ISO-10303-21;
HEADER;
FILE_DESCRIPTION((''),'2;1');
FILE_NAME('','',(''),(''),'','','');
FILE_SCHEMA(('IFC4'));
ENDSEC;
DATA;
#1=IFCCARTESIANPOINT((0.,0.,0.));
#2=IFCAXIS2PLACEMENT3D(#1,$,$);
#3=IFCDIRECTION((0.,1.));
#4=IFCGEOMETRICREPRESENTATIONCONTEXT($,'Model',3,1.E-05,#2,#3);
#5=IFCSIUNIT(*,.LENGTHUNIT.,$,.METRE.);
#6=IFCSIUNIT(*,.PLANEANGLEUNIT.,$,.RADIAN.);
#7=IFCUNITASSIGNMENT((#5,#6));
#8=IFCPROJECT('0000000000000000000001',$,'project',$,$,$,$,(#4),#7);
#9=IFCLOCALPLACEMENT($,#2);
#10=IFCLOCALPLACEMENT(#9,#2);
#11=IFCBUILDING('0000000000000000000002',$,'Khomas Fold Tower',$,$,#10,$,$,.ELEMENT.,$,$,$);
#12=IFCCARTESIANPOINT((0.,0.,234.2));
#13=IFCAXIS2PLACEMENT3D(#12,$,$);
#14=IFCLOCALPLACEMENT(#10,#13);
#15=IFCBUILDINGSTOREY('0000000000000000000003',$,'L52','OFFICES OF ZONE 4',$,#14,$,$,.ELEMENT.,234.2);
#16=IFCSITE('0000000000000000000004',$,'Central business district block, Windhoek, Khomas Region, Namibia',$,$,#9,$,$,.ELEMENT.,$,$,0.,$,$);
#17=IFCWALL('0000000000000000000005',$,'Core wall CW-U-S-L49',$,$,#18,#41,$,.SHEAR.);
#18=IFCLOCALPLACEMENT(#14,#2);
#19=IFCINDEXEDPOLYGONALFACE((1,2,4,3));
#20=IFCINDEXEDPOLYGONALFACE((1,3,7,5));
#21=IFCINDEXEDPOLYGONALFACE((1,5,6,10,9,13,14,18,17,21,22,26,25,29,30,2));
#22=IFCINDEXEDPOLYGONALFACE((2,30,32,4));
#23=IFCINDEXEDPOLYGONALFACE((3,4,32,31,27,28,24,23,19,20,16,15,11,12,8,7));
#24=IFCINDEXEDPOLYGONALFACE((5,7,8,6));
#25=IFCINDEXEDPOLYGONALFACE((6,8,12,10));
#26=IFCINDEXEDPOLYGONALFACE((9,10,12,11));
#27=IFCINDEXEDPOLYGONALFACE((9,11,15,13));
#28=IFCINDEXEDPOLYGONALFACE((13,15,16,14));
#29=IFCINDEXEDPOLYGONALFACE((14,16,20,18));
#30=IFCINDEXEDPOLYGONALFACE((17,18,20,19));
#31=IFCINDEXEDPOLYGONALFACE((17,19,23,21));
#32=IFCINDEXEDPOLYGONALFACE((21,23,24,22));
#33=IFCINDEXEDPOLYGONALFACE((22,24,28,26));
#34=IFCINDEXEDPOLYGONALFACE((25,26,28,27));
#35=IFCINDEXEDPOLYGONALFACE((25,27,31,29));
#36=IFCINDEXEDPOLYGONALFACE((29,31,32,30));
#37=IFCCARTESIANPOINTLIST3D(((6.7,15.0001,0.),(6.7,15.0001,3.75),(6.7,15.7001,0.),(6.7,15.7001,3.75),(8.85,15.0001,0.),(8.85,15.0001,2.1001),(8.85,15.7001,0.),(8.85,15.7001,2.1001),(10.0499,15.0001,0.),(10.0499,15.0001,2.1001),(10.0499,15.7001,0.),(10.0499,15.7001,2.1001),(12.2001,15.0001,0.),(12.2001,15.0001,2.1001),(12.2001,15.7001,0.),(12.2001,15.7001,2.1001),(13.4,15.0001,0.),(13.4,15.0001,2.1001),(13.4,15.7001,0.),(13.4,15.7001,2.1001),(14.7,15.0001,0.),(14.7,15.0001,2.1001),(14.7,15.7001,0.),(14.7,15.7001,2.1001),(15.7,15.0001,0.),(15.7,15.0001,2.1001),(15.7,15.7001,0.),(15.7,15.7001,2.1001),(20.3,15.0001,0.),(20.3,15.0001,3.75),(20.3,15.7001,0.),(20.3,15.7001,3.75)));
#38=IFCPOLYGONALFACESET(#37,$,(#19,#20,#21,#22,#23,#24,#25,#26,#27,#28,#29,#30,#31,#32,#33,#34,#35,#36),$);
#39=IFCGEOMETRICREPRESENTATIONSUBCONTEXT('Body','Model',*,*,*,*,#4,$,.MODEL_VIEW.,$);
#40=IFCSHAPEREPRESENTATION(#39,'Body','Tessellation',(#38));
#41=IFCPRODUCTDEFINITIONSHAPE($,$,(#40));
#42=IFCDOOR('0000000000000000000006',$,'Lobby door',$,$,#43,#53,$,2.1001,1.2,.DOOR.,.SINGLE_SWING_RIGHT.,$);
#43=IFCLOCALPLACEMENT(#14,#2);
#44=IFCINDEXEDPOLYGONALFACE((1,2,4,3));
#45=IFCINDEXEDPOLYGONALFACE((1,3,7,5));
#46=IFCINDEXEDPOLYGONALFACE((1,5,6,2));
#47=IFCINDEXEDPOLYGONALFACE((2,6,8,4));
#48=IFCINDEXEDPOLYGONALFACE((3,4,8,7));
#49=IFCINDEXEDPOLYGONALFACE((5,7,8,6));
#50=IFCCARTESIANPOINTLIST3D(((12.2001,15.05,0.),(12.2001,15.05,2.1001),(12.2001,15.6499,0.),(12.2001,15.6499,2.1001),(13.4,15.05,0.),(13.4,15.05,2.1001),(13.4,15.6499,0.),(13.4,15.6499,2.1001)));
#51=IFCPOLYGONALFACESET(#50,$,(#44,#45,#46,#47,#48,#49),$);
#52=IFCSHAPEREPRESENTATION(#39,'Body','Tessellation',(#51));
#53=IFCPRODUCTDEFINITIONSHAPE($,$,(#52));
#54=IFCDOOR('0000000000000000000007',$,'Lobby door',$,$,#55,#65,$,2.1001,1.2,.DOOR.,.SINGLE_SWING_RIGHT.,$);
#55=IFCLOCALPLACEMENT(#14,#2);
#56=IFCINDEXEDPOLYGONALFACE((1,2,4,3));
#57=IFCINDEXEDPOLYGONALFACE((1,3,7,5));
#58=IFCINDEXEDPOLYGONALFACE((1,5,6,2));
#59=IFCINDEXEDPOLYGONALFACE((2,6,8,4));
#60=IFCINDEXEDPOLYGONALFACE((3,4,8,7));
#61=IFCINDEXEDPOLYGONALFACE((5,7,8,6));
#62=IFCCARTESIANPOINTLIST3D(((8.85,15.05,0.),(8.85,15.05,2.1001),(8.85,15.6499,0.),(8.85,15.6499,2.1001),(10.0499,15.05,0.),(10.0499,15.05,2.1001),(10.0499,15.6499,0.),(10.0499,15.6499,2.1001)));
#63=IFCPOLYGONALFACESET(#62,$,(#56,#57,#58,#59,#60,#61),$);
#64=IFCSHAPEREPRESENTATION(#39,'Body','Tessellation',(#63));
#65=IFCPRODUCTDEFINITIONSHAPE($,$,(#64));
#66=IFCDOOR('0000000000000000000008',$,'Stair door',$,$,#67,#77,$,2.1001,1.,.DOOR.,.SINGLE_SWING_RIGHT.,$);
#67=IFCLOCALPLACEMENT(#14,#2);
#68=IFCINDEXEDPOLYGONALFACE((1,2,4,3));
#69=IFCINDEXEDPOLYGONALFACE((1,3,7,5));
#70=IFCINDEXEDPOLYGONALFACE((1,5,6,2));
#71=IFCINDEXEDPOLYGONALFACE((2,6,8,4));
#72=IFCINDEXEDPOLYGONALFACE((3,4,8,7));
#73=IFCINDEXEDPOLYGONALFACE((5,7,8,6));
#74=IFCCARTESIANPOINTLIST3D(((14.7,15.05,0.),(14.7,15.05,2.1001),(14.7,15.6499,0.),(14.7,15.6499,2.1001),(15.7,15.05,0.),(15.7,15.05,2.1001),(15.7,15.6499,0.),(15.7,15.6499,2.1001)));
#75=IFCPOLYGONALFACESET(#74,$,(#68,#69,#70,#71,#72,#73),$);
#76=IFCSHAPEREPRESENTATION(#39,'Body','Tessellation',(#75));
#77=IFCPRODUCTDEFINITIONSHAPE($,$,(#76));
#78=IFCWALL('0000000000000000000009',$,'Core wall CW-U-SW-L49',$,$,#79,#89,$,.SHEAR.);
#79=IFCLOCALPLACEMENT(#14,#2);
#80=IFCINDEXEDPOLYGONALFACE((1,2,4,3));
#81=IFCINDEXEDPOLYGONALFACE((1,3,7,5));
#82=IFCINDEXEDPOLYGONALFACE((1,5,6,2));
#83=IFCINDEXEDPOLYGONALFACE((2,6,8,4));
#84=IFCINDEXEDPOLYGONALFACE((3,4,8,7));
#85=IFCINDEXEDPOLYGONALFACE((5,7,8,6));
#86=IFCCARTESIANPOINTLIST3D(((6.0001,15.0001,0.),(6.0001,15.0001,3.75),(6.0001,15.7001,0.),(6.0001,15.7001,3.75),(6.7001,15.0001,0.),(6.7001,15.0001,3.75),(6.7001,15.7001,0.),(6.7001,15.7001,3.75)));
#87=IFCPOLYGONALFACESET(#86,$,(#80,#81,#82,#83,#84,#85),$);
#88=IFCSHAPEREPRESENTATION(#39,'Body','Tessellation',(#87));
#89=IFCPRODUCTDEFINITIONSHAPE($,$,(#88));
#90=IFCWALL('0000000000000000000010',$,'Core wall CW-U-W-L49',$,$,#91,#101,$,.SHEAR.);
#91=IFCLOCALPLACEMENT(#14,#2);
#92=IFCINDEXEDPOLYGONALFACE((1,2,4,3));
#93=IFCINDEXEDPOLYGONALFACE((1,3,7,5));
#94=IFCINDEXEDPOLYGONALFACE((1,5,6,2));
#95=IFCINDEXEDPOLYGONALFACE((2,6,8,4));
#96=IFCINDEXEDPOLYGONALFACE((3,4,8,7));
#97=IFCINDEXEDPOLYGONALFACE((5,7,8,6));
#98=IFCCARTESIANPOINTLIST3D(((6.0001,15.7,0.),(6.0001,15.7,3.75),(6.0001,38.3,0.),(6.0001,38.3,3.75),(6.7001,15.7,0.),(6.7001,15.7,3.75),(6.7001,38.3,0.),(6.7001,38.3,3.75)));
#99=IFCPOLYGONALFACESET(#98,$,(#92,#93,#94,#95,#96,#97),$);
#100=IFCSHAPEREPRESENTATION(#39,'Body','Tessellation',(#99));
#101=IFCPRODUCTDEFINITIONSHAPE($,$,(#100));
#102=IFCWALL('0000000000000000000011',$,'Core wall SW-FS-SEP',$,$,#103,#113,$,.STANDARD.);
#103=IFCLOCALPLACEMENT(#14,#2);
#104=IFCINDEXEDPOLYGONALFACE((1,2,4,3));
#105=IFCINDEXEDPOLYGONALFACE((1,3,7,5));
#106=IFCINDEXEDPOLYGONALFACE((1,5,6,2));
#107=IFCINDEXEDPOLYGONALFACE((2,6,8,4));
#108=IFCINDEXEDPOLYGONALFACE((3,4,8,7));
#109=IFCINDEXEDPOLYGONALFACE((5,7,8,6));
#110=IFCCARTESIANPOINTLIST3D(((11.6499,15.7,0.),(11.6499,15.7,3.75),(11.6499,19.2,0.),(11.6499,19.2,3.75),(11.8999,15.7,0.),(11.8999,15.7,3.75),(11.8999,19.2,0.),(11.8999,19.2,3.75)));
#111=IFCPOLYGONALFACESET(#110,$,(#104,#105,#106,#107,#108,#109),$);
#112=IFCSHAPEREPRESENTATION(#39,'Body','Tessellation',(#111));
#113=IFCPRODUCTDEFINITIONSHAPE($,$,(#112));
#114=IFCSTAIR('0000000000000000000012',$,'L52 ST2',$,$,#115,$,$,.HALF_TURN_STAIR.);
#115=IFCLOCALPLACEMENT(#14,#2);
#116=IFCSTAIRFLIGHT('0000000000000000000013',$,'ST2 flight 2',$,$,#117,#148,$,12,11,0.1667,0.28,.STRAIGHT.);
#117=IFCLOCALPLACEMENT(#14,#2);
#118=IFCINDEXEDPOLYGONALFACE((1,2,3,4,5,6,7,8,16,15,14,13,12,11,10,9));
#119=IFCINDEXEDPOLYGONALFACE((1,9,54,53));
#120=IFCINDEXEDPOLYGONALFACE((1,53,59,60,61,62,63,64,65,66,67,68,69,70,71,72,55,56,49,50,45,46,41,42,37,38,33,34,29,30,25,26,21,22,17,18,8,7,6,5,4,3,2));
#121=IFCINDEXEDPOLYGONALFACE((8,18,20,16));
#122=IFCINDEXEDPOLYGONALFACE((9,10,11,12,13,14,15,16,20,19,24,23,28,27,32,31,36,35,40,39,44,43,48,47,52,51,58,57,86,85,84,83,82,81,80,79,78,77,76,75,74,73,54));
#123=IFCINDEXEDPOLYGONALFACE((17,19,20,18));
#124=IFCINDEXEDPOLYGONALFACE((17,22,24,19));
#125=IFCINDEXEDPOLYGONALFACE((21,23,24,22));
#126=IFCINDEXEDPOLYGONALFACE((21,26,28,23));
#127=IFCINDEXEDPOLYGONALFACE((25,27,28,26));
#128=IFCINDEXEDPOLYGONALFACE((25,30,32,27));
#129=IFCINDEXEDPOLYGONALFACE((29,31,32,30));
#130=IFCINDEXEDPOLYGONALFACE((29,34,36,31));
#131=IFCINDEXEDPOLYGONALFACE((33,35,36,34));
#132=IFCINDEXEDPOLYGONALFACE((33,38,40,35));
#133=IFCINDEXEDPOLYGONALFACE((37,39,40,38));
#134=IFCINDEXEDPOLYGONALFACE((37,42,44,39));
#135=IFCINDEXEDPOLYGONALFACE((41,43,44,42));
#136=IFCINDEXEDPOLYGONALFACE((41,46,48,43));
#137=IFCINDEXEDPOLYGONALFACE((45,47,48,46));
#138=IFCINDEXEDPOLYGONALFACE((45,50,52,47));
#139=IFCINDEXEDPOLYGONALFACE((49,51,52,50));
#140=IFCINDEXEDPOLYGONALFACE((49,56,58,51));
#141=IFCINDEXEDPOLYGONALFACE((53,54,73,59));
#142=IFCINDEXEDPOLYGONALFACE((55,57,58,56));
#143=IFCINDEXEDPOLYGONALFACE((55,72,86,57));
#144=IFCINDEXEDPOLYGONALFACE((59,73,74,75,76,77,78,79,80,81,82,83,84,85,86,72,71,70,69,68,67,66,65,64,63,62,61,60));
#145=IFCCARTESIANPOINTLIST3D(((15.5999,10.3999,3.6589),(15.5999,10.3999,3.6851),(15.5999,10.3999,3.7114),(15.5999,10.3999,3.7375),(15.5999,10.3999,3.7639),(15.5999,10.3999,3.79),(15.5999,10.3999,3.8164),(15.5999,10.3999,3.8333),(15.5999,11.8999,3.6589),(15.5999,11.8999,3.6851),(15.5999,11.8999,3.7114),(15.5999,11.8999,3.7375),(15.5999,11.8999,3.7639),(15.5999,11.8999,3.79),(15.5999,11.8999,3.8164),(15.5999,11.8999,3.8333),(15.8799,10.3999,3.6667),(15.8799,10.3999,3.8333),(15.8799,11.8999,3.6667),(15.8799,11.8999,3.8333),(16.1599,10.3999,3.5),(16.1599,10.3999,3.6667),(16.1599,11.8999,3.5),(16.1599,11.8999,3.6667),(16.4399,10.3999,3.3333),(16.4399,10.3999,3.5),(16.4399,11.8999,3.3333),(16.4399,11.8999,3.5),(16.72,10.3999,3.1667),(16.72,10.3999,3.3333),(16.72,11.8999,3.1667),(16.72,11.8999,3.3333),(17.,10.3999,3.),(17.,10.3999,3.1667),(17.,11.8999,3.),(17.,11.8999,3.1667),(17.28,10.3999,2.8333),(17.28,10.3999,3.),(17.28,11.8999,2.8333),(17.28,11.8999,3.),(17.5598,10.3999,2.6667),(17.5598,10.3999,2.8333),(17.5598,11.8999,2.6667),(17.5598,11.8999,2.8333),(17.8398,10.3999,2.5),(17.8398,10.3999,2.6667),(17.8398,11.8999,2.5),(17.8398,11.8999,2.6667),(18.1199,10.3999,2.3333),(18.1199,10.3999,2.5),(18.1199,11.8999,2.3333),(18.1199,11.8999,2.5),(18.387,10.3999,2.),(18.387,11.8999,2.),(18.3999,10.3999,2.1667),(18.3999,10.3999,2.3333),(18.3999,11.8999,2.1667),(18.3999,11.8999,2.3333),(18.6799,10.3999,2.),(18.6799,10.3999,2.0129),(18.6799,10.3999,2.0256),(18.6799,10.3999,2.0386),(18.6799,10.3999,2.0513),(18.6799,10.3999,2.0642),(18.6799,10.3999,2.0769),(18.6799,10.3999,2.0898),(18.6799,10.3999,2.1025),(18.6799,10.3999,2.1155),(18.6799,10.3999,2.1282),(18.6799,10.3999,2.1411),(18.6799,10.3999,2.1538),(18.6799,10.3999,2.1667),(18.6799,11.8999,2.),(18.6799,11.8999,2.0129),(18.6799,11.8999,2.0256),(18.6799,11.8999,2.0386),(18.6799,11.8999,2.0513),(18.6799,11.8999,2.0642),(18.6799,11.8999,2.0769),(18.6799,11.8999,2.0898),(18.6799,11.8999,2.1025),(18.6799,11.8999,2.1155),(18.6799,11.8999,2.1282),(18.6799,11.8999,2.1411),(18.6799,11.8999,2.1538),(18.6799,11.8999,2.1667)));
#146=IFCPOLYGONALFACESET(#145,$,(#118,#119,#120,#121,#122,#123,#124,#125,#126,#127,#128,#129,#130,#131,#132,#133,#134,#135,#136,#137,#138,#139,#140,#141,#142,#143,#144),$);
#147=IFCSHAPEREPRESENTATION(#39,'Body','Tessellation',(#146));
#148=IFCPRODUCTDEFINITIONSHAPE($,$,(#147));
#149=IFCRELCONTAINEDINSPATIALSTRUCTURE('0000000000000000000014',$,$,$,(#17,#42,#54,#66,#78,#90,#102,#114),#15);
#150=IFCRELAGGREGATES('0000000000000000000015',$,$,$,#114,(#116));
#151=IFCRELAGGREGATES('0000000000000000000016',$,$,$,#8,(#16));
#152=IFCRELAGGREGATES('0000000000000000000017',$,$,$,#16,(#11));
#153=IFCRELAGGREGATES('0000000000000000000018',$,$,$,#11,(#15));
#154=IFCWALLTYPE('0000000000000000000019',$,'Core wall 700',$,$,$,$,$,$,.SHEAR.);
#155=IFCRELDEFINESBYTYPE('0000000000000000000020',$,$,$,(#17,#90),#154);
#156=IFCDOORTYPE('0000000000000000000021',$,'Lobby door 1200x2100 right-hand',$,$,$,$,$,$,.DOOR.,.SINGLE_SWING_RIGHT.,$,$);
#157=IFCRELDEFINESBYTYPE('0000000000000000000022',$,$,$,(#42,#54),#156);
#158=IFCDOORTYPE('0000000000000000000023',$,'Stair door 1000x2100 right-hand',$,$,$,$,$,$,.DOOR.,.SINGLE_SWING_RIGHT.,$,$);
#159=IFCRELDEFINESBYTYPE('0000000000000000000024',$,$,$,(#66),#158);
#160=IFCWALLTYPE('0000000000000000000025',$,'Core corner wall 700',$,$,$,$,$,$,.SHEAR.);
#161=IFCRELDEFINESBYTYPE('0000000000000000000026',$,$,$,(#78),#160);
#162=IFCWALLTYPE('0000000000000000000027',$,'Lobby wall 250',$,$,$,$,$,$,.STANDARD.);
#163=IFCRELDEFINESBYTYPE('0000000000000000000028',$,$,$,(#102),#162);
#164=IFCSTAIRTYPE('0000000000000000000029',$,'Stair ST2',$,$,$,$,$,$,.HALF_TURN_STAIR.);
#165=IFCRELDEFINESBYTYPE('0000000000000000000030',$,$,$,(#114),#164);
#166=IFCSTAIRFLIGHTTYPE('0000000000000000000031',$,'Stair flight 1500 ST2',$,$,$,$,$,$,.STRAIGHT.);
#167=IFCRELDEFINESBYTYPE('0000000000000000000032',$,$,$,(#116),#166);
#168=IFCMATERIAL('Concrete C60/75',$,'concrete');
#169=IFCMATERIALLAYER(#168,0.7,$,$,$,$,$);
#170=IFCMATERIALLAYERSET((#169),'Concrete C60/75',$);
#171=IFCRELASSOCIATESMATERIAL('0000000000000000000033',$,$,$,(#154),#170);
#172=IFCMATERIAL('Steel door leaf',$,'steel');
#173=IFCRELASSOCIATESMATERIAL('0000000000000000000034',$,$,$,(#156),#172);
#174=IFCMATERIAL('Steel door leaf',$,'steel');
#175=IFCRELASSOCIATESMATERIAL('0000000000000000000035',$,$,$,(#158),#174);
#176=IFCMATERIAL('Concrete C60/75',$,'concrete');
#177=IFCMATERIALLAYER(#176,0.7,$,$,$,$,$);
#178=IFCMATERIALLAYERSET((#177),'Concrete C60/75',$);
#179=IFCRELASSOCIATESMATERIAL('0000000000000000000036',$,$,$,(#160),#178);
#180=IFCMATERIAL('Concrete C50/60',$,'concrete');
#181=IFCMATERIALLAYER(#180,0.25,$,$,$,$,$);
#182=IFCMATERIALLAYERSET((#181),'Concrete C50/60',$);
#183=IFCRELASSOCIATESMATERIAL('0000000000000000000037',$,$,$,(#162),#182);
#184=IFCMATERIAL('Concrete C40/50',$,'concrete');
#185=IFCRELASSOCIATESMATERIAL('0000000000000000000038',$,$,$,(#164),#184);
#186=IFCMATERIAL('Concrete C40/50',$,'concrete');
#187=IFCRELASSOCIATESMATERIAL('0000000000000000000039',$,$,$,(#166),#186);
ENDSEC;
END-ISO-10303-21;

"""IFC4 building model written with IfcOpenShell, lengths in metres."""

from ifc_helpers import new_model, si_unit, direction, frame, frame_2d, origin, place, context, subcontext, project, spatial, polyline, rectangle, outline, extrude, source, transform, mapped, material, layer, layer_set, type_object, element, fill, aggregate, save


model = new_model("IFC4")

# Units and contexts
model_context = context("Model", 3, precision=1e-05, world=origin(), true_north=direction((0.0, 1.0)))
body_context = subcontext(model_context, "Body", "Model", "MODEL_VIEW")
ifc_project = project(units=[si_unit("LENGTHUNIT", "METRE"), si_unit("PLANEANGLEUNIT", "RADIAN")], contexts=[model_context])

# Site, building, storey
site_placement = place(None, origin())
site = spatial("IfcSite", under=ifc_project, at=site_placement, Name="Central business district block, Windhoek, Khomas Region, Namibia", CompositionType="ELEMENT", RefElevation=0.0)
building_placement = place(site_placement, origin())
building = spatial("IfcBuilding", under=site, at=building_placement, Name="Khomas Fold Tower", CompositionType="ELEMENT")
storey_placement = place(building_placement, frame((0.0, 0.0, 234.2)))
storey = spatial("IfcBuildingStorey", under=building, at=storey_placement, Name="L52", Description="OFFICES OF ZONE 4", CompositionType="ELEMENT", Elevation=234.2)

# Wall, openings, doors
ifc_material_1 = material(Name="Concrete C60/75", Category="concrete")
ifc_layer_1 = layer(ifc_material_1, 0.7)
ifc_layer_set_1 = layer_set([ifc_layer_1], Name="Concrete C60/75")
wall_type_1 = type_object("IfcWallType", Name="Core wall 700", PredefinedType="SHEAR", material=ifc_layer_set_1)
shared_shape_1 = source(origin(), body_context, "Body", "SweptSolid", [
    extrude(rectangle(XDim=13.6001, YDim=0.7, at=frame_2d((6.8, 0.0))), origin(), (0.0, 0.0, 1.0), 3.75),
])
wall_1_placement = place(storey_placement, frame((6.7, 15.3501, 0.0), z_axis=(0.0, 0.0, 1.0), x_axis=(1.0, 0.0, 0.0)))
wall_1 = element("IfcWall", 1, at=wall_1_placement, inside=storey, type_object=wall_type_1, Name="Core wall CW-U-S-L49", PredefinedType="SHEAR", context=body_context, shape_type="MappedRepresentation", body=[
    mapped(shared_shape_1, transform((0.0, 0.0, 0.0))),
])
shared_shape_2 = source(origin(), body_context, "Body", "SweptSolid", [
    extrude(rectangle(XDim=1.2, YDim=2.1001, at=frame_2d((0.6001, 1.05))), frame((0.0, 0.3599, 0.0), z_axis=(0.0, -1.0, 0.0), x_axis=(1.0, 0.0, 0.0)), (0.0, 0.0, 1.0), 0.72),
])
opening_1_placement = place(wall_1_placement, frame((5.5, 0.0, 0.0)))
opening_1 = element("IfcOpeningElement", 2, at=opening_1_placement, cuts=wall_1, PredefinedType="OPENING", context=body_context, shape_type="MappedRepresentation", body=[
    mapped(shared_shape_2, transform((0.0, 0.0, 0.0))),
])
opening_2_placement = place(wall_1_placement, frame((2.1499, 0.0, 0.0)))
opening_2 = element("IfcOpeningElement", 3, at=opening_2_placement, cuts=wall_1, PredefinedType="OPENING", context=body_context, shape_type="MappedRepresentation", body=[
    mapped(shared_shape_2, transform((0.0, 0.0, 0.0))),
])
shared_shape_3 = source(origin(), body_context, "Body", "SweptSolid", [
    extrude(rectangle(XDim=1.0, YDim=2.1001, at=frame_2d((0.5, 1.05))), frame((0.0, 0.3599, 0.0), z_axis=(0.0, -1.0, 0.0), x_axis=(1.0, 0.0, 0.0)), (0.0, 0.0, 1.0), 0.72),
])
opening_3_placement = place(wall_1_placement, frame((8.0, 0.0, 0.0)))
opening_3 = element("IfcOpeningElement", 4, at=opening_3_placement, cuts=wall_1, PredefinedType="OPENING", context=body_context, shape_type="MappedRepresentation", body=[
    mapped(shared_shape_3, transform((0.0, 0.0, 0.0))),
])
ifc_material_2 = material(Name="Steel door leaf", Category="steel")
door_type_1 = type_object("IfcDoorType", Name="Lobby door 1200x2100 right-hand", OperationType="SINGLE_SWING_RIGHT", PredefinedType="DOOR", material=ifc_material_2)
shared_shape_4 = source(origin(), body_context, "Body", "SweptSolid", [
    extrude(rectangle(XDim=1.2, YDim=2.1001, at=frame_2d((0.6001, 1.05))), frame((0.0, 0.2998, 0.0), z_axis=(0.0, -1.0, 0.0), x_axis=(1.0, 0.0, 0.0)), (0.0, 0.0, 1.0), 0.5999),
])
door_1_placement = place(opening_1_placement, origin())
door_1 = element("IfcDoor", 5, at=door_1_placement, inside=storey, type_object=door_type_1, Name="Lobby door", OperationType="SINGLE_SWING_RIGHT", OverallHeight=2.1001, OverallWidth=1.2, PredefinedType="DOOR", context=body_context, shape_type="MappedRepresentation", body=[
    mapped(shared_shape_4, transform((0.0, 0.0, 0.0))),
])
fill(opening_1, door_1)
door_2_placement = place(opening_2_placement, origin())
door_2 = element("IfcDoor", 6, at=door_2_placement, inside=storey, type_object=door_type_1, Name="Lobby door", OperationType="SINGLE_SWING_RIGHT", OverallHeight=2.1001, OverallWidth=1.2, PredefinedType="DOOR", context=body_context, shape_type="MappedRepresentation", body=[
    mapped(shared_shape_4, transform((0.0, 0.0, 0.0))),
])
fill(opening_2, door_2)
ifc_material_3 = material(Name="Steel door leaf", Category="steel")
door_type_2 = type_object("IfcDoorType", Name="Stair door 1000x2100 right-hand", OperationType="SINGLE_SWING_RIGHT", PredefinedType="DOOR", material=ifc_material_3)
shared_shape_5 = source(origin(), body_context, "Body", "SweptSolid", [
    extrude(rectangle(XDim=1.0, YDim=2.1001, at=frame_2d((0.5, 1.05))), frame((0.0, 0.2998, 0.0), z_axis=(0.0, -1.0, 0.0), x_axis=(1.0, 0.0, 0.0)), (0.0, 0.0, 1.0), 0.5999),
])
door_3_placement = place(opening_3_placement, origin())
door_3 = element("IfcDoor", 7, at=door_3_placement, inside=storey, type_object=door_type_2, Name="Stair door", OperationType="SINGLE_SWING_RIGHT", OverallHeight=2.1001, OverallWidth=1.0, PredefinedType="DOOR", context=body_context, shape_type="MappedRepresentation", body=[
    mapped(shared_shape_5, transform((0.0, 0.0, 0.0))),
])
fill(opening_3, door_3)

# Walls
ifc_material_4 = material(Name="Concrete C60/75", Category="concrete")
ifc_layer_2 = layer(ifc_material_4, 0.7)
ifc_layer_set_2 = layer_set([ifc_layer_2], Name="Concrete C60/75")
wall_type_2 = type_object("IfcWallType", Name="Core corner wall 700", PredefinedType="SHEAR", material=ifc_layer_set_2)
shared_shape_6 = source(origin(), body_context, "Body", "SweptSolid", [
    extrude(rectangle(XDim=0.7, YDim=0.7, at=frame_2d((0.3501, 0.0))), origin(), (0.0, 0.0, 1.0), 3.75),
])
wall_2_placement = place(storey_placement, frame((6.0, 15.3501, 0.0), z_axis=(0.0, 0.0, 1.0), x_axis=(1.0, 0.0, 0.0)))
element("IfcWall", 8, at=wall_2_placement, inside=storey, type_object=wall_type_2, Name="Core wall CW-U-SW-L49", PredefinedType="SHEAR", context=body_context, shape_type="MappedRepresentation", body=[
    mapped(shared_shape_6, transform((0.0, 0.0, 0.0))),
])
shared_shape_7 = source(origin(), body_context, "Body", "SweptSolid", [
    extrude(rectangle(XDim=22.6001, YDim=0.7, at=frame_2d((11.3, 0.0))), origin(), (0.0, 0.0, 1.0), 3.75),
])
wall_3_placement = place(storey_placement, frame((6.3501, 15.7, 0.0), z_axis=(0.0, 0.0, 1.0), x_axis=(0.0, 1.0, 0.0)))
element("IfcWall", 9, at=wall_3_placement, inside=storey, type_object=wall_type_1, Name="Core wall CW-U-W-L49", PredefinedType="SHEAR", context=body_context, shape_type="MappedRepresentation", body=[
    mapped(shared_shape_7, transform((0.0, 0.0, 0.0))),
])
ifc_material_5 = material(Name="Concrete C50/60", Category="concrete")
ifc_layer_3 = layer(ifc_material_5, 0.25)
ifc_layer_set_3 = layer_set([ifc_layer_3], Name="Concrete C50/60")
wall_type_3 = type_object("IfcWallType", Name="Lobby wall 250", PredefinedType="STANDARD", material=ifc_layer_set_3)
shared_shape_8 = source(origin(), body_context, "Body", "SweptSolid", [
    extrude(rectangle(XDim=3.5, YDim=0.25, at=frame_2d((1.75, 0.0))), origin(), (0.0, 0.0, 1.0), 3.75),
])
wall_4_placement = place(storey_placement, frame((11.7749, 15.7, 0.0), z_axis=(0.0, 0.0, 1.0), x_axis=(0.0, 1.0, 0.0)))
element("IfcWall", 10, at=wall_4_placement, inside=storey, type_object=wall_type_3, Name="Core wall SW-FS-SEP", PredefinedType="STANDARD", context=body_context, shape_type="MappedRepresentation", body=[
    mapped(shared_shape_8, transform((0.0, 0.0, 0.0))),
])

# Stair, stair flight
ifc_material_6 = material(Name="Concrete C40/50", Category="concrete")
stair_type = type_object("IfcStairType", Name="Stair ST2", PredefinedType="HALF_TURN_STAIR", material=ifc_material_6)
stair_placement = place(storey_placement, origin())
stair = element("IfcStair", 11, at=stair_placement, inside=storey, type_object=stair_type, Name="L52 ST2", PredefinedType="HALF_TURN_STAIR")
ifc_material_7 = material(Name="Concrete C40/50", Category="concrete")
stair_flight_type = type_object("IfcStairFlightType", Name="Stair flight 1500 ST2", PredefinedType="STRAIGHT", material=ifc_material_7)
shared_shape_9 = source(origin(), body_context, "Body", "SweptSolid", [
    extrude(outline(polyline([(0.0, 0.0), (0.0, 0.0129), (0.0, 0.0256), (0.0, 0.0386), (0.0, 0.0513), (0.0, 0.0642), (0.0, 0.0769), (0.0, 0.0898), (0.0, 0.1025), (0.0, 0.1155), (0.0, 0.1282), (0.0, 0.1411), (0.0, 0.1538), (0.0, 0.1667), (0.28, 0.1667), (0.28, 0.3333), (0.5601, 0.3333), (0.5601, 0.5), (0.8401, 0.5), (0.8401, 0.6667), (1.1201, 0.6667), (1.1201, 0.8333), (1.3999, 0.8333), (1.3999, 1.0), (1.6799, 1.0), (1.6799, 1.1667), (1.96, 1.1667), (1.96, 1.3333), (2.24, 1.3333), (2.24, 1.5), (2.52, 1.5), (2.52, 1.6667), (2.8, 1.6667), (2.8, 1.8333), (3.0801, 1.8333), (3.0801, 2.0), (3.0801, 1.9739), (3.0801, 1.9475), (3.0801, 1.9214), (3.0801, 1.895), (3.0801, 1.8689), (3.0801, 1.8425), (3.0801, 1.8164), (3.0801, 1.79), (3.0801, 1.7639), (3.0801, 1.7375), (3.0801, 1.7114), (3.0801, 1.6851), (3.0801, 1.6589), (0.293, 0.0), (0.0, 0.0)])), frame((0.0, 0.75, 0.0), z_axis=(0.0, -1.0, 0.0), x_axis=(1.0, 0.0, 0.0)), (0.0, 0.0, 1.0), 1.5),
])
stair_flight_placement = place(storey_placement, frame((18.6799, 11.1499, 2.0), z_axis=(0.0, 0.0, 1.0), x_axis=(-1.0, 0.0, 0.0)))
stair_flight = element("IfcStairFlight", 12, at=stair_flight_placement, type_object=stair_flight_type, Name="ST2 flight 2", NumberOfRisers=12, NumberOfTreads=11, PredefinedType="STRAIGHT", RiserHeight=0.1667, TreadLength=0.28, context=body_context, shape_type="MappedRepresentation", body=[
    mapped(shared_shape_9, transform((0.0, 0.0, 0.0))),
])
aggregate(stair, [stair_flight])

save(model, "model.ifc")
